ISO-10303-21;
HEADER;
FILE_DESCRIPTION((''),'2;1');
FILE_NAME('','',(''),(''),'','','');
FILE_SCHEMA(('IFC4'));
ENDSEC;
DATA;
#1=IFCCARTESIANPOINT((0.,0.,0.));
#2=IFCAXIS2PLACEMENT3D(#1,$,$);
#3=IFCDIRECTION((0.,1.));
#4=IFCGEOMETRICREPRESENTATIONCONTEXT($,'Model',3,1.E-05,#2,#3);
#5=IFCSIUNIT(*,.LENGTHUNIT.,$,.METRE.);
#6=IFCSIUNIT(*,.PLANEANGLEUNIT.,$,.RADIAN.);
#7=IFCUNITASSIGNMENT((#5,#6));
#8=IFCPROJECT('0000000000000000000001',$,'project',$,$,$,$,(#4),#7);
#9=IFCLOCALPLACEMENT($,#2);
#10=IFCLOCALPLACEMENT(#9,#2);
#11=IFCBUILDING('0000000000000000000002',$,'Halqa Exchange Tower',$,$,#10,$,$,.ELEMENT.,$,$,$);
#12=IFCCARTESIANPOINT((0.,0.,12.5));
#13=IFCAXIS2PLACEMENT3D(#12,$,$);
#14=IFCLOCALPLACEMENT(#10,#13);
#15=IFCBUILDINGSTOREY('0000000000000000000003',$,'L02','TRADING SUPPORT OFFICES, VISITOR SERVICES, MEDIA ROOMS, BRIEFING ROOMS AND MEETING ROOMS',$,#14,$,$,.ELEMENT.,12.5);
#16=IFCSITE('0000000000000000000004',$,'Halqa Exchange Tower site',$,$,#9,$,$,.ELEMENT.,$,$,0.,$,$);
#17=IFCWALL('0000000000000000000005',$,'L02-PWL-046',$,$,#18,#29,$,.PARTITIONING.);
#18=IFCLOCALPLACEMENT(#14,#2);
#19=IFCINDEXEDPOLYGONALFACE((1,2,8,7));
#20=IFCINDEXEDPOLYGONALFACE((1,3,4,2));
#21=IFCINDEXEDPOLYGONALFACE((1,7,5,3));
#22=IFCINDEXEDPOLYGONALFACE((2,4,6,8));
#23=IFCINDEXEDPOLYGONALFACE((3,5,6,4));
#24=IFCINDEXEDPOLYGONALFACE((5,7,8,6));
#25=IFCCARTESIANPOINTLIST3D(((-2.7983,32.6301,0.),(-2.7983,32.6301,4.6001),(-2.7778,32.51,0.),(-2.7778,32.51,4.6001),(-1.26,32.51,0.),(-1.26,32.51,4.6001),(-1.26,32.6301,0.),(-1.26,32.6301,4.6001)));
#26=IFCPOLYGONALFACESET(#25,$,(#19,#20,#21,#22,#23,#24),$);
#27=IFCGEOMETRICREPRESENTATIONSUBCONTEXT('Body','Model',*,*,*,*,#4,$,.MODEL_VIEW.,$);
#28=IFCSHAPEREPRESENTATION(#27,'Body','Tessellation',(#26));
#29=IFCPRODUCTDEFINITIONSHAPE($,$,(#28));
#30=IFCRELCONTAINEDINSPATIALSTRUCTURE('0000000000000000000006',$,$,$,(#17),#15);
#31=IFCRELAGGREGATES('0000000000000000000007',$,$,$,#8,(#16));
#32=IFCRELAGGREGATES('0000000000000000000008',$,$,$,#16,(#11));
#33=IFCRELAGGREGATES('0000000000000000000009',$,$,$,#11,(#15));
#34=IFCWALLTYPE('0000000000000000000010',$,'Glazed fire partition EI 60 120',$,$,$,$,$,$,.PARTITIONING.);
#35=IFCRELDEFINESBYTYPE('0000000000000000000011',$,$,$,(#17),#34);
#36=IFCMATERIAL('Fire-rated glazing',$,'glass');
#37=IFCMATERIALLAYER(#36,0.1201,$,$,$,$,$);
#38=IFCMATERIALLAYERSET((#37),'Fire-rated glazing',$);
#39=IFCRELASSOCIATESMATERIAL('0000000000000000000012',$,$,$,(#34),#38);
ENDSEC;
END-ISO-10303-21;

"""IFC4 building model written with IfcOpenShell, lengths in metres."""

from ifc_helpers import new_model, si_unit, direction, frame, origin, place, context, subcontext, project, spatial, polyline, outline, extrude, material, layer, layer_set, type_object, element, save


model = new_model("IFC4")

# Units and contexts
model_context = context("Model", 3, precision=1e-05, world=origin(), true_north=direction((0.0, 1.0)))
body_context = subcontext(model_context, "Body", "Model", "MODEL_VIEW")
ifc_project = project(units=[si_unit("LENGTHUNIT", "METRE"), si_unit("PLANEANGLEUNIT", "RADIAN")], contexts=[model_context])

# Site, building, storey
site_placement = place(None, origin())
site = spatial("IfcSite", under=ifc_project, at=site_placement, Name="Halqa Exchange Tower site", CompositionType="ELEMENT", RefElevation=0.0)
building_placement = place(site_placement, origin())
building = spatial("IfcBuilding", under=site, at=building_placement, Name="Halqa Exchange Tower", CompositionType="ELEMENT")
storey_placement = place(building_placement, frame((0.0, 0.0, 12.5)))
storey = spatial("IfcBuildingStorey", under=building, at=storey_placement, Name="L02", Description="TRADING SUPPORT OFFICES, VISITOR SERVICES, MEDIA ROOMS, BRIEFING ROOMS AND MEETING ROOMS", CompositionType="ELEMENT", Elevation=12.5)

# Wall
ifc_material_1 = material(Name="Fire-rated glazing", Category="glass")
ifc_layer_1 = layer(ifc_material_1, 0.1201)
ifc_layer_set_1 = layer_set([ifc_layer_1], Name="Fire-rated glazing")
wall_type_1 = type_object("IfcWallType", Name="Glazed fire partition EI 60 120", PredefinedType="PARTITIONING", material=ifc_layer_set_1)
wall_1_placement = place(storey_placement, frame((-1.26, 32.5701, 0.0), z_axis=(0.0, 0.0, 1.0), x_axis=(-1.0, 0.0, 0.0)))
element("IfcWall", 1, at=wall_1_placement, inside=storey, type_object=wall_type_1, Name="L02-PWL-046", PredefinedType="PARTITIONING", context=body_context, shape_type="SweptSolid", body=[
    extrude(outline(polyline([(0.0, -0.0601), (1.5383, -0.0601), (1.5178, 0.0601), (0.0, 0.0601), (0.0, -0.0601)])), origin(), (0.0, 0.0, 1.0), 4.6001),
])

save(model, "model.ifc")
